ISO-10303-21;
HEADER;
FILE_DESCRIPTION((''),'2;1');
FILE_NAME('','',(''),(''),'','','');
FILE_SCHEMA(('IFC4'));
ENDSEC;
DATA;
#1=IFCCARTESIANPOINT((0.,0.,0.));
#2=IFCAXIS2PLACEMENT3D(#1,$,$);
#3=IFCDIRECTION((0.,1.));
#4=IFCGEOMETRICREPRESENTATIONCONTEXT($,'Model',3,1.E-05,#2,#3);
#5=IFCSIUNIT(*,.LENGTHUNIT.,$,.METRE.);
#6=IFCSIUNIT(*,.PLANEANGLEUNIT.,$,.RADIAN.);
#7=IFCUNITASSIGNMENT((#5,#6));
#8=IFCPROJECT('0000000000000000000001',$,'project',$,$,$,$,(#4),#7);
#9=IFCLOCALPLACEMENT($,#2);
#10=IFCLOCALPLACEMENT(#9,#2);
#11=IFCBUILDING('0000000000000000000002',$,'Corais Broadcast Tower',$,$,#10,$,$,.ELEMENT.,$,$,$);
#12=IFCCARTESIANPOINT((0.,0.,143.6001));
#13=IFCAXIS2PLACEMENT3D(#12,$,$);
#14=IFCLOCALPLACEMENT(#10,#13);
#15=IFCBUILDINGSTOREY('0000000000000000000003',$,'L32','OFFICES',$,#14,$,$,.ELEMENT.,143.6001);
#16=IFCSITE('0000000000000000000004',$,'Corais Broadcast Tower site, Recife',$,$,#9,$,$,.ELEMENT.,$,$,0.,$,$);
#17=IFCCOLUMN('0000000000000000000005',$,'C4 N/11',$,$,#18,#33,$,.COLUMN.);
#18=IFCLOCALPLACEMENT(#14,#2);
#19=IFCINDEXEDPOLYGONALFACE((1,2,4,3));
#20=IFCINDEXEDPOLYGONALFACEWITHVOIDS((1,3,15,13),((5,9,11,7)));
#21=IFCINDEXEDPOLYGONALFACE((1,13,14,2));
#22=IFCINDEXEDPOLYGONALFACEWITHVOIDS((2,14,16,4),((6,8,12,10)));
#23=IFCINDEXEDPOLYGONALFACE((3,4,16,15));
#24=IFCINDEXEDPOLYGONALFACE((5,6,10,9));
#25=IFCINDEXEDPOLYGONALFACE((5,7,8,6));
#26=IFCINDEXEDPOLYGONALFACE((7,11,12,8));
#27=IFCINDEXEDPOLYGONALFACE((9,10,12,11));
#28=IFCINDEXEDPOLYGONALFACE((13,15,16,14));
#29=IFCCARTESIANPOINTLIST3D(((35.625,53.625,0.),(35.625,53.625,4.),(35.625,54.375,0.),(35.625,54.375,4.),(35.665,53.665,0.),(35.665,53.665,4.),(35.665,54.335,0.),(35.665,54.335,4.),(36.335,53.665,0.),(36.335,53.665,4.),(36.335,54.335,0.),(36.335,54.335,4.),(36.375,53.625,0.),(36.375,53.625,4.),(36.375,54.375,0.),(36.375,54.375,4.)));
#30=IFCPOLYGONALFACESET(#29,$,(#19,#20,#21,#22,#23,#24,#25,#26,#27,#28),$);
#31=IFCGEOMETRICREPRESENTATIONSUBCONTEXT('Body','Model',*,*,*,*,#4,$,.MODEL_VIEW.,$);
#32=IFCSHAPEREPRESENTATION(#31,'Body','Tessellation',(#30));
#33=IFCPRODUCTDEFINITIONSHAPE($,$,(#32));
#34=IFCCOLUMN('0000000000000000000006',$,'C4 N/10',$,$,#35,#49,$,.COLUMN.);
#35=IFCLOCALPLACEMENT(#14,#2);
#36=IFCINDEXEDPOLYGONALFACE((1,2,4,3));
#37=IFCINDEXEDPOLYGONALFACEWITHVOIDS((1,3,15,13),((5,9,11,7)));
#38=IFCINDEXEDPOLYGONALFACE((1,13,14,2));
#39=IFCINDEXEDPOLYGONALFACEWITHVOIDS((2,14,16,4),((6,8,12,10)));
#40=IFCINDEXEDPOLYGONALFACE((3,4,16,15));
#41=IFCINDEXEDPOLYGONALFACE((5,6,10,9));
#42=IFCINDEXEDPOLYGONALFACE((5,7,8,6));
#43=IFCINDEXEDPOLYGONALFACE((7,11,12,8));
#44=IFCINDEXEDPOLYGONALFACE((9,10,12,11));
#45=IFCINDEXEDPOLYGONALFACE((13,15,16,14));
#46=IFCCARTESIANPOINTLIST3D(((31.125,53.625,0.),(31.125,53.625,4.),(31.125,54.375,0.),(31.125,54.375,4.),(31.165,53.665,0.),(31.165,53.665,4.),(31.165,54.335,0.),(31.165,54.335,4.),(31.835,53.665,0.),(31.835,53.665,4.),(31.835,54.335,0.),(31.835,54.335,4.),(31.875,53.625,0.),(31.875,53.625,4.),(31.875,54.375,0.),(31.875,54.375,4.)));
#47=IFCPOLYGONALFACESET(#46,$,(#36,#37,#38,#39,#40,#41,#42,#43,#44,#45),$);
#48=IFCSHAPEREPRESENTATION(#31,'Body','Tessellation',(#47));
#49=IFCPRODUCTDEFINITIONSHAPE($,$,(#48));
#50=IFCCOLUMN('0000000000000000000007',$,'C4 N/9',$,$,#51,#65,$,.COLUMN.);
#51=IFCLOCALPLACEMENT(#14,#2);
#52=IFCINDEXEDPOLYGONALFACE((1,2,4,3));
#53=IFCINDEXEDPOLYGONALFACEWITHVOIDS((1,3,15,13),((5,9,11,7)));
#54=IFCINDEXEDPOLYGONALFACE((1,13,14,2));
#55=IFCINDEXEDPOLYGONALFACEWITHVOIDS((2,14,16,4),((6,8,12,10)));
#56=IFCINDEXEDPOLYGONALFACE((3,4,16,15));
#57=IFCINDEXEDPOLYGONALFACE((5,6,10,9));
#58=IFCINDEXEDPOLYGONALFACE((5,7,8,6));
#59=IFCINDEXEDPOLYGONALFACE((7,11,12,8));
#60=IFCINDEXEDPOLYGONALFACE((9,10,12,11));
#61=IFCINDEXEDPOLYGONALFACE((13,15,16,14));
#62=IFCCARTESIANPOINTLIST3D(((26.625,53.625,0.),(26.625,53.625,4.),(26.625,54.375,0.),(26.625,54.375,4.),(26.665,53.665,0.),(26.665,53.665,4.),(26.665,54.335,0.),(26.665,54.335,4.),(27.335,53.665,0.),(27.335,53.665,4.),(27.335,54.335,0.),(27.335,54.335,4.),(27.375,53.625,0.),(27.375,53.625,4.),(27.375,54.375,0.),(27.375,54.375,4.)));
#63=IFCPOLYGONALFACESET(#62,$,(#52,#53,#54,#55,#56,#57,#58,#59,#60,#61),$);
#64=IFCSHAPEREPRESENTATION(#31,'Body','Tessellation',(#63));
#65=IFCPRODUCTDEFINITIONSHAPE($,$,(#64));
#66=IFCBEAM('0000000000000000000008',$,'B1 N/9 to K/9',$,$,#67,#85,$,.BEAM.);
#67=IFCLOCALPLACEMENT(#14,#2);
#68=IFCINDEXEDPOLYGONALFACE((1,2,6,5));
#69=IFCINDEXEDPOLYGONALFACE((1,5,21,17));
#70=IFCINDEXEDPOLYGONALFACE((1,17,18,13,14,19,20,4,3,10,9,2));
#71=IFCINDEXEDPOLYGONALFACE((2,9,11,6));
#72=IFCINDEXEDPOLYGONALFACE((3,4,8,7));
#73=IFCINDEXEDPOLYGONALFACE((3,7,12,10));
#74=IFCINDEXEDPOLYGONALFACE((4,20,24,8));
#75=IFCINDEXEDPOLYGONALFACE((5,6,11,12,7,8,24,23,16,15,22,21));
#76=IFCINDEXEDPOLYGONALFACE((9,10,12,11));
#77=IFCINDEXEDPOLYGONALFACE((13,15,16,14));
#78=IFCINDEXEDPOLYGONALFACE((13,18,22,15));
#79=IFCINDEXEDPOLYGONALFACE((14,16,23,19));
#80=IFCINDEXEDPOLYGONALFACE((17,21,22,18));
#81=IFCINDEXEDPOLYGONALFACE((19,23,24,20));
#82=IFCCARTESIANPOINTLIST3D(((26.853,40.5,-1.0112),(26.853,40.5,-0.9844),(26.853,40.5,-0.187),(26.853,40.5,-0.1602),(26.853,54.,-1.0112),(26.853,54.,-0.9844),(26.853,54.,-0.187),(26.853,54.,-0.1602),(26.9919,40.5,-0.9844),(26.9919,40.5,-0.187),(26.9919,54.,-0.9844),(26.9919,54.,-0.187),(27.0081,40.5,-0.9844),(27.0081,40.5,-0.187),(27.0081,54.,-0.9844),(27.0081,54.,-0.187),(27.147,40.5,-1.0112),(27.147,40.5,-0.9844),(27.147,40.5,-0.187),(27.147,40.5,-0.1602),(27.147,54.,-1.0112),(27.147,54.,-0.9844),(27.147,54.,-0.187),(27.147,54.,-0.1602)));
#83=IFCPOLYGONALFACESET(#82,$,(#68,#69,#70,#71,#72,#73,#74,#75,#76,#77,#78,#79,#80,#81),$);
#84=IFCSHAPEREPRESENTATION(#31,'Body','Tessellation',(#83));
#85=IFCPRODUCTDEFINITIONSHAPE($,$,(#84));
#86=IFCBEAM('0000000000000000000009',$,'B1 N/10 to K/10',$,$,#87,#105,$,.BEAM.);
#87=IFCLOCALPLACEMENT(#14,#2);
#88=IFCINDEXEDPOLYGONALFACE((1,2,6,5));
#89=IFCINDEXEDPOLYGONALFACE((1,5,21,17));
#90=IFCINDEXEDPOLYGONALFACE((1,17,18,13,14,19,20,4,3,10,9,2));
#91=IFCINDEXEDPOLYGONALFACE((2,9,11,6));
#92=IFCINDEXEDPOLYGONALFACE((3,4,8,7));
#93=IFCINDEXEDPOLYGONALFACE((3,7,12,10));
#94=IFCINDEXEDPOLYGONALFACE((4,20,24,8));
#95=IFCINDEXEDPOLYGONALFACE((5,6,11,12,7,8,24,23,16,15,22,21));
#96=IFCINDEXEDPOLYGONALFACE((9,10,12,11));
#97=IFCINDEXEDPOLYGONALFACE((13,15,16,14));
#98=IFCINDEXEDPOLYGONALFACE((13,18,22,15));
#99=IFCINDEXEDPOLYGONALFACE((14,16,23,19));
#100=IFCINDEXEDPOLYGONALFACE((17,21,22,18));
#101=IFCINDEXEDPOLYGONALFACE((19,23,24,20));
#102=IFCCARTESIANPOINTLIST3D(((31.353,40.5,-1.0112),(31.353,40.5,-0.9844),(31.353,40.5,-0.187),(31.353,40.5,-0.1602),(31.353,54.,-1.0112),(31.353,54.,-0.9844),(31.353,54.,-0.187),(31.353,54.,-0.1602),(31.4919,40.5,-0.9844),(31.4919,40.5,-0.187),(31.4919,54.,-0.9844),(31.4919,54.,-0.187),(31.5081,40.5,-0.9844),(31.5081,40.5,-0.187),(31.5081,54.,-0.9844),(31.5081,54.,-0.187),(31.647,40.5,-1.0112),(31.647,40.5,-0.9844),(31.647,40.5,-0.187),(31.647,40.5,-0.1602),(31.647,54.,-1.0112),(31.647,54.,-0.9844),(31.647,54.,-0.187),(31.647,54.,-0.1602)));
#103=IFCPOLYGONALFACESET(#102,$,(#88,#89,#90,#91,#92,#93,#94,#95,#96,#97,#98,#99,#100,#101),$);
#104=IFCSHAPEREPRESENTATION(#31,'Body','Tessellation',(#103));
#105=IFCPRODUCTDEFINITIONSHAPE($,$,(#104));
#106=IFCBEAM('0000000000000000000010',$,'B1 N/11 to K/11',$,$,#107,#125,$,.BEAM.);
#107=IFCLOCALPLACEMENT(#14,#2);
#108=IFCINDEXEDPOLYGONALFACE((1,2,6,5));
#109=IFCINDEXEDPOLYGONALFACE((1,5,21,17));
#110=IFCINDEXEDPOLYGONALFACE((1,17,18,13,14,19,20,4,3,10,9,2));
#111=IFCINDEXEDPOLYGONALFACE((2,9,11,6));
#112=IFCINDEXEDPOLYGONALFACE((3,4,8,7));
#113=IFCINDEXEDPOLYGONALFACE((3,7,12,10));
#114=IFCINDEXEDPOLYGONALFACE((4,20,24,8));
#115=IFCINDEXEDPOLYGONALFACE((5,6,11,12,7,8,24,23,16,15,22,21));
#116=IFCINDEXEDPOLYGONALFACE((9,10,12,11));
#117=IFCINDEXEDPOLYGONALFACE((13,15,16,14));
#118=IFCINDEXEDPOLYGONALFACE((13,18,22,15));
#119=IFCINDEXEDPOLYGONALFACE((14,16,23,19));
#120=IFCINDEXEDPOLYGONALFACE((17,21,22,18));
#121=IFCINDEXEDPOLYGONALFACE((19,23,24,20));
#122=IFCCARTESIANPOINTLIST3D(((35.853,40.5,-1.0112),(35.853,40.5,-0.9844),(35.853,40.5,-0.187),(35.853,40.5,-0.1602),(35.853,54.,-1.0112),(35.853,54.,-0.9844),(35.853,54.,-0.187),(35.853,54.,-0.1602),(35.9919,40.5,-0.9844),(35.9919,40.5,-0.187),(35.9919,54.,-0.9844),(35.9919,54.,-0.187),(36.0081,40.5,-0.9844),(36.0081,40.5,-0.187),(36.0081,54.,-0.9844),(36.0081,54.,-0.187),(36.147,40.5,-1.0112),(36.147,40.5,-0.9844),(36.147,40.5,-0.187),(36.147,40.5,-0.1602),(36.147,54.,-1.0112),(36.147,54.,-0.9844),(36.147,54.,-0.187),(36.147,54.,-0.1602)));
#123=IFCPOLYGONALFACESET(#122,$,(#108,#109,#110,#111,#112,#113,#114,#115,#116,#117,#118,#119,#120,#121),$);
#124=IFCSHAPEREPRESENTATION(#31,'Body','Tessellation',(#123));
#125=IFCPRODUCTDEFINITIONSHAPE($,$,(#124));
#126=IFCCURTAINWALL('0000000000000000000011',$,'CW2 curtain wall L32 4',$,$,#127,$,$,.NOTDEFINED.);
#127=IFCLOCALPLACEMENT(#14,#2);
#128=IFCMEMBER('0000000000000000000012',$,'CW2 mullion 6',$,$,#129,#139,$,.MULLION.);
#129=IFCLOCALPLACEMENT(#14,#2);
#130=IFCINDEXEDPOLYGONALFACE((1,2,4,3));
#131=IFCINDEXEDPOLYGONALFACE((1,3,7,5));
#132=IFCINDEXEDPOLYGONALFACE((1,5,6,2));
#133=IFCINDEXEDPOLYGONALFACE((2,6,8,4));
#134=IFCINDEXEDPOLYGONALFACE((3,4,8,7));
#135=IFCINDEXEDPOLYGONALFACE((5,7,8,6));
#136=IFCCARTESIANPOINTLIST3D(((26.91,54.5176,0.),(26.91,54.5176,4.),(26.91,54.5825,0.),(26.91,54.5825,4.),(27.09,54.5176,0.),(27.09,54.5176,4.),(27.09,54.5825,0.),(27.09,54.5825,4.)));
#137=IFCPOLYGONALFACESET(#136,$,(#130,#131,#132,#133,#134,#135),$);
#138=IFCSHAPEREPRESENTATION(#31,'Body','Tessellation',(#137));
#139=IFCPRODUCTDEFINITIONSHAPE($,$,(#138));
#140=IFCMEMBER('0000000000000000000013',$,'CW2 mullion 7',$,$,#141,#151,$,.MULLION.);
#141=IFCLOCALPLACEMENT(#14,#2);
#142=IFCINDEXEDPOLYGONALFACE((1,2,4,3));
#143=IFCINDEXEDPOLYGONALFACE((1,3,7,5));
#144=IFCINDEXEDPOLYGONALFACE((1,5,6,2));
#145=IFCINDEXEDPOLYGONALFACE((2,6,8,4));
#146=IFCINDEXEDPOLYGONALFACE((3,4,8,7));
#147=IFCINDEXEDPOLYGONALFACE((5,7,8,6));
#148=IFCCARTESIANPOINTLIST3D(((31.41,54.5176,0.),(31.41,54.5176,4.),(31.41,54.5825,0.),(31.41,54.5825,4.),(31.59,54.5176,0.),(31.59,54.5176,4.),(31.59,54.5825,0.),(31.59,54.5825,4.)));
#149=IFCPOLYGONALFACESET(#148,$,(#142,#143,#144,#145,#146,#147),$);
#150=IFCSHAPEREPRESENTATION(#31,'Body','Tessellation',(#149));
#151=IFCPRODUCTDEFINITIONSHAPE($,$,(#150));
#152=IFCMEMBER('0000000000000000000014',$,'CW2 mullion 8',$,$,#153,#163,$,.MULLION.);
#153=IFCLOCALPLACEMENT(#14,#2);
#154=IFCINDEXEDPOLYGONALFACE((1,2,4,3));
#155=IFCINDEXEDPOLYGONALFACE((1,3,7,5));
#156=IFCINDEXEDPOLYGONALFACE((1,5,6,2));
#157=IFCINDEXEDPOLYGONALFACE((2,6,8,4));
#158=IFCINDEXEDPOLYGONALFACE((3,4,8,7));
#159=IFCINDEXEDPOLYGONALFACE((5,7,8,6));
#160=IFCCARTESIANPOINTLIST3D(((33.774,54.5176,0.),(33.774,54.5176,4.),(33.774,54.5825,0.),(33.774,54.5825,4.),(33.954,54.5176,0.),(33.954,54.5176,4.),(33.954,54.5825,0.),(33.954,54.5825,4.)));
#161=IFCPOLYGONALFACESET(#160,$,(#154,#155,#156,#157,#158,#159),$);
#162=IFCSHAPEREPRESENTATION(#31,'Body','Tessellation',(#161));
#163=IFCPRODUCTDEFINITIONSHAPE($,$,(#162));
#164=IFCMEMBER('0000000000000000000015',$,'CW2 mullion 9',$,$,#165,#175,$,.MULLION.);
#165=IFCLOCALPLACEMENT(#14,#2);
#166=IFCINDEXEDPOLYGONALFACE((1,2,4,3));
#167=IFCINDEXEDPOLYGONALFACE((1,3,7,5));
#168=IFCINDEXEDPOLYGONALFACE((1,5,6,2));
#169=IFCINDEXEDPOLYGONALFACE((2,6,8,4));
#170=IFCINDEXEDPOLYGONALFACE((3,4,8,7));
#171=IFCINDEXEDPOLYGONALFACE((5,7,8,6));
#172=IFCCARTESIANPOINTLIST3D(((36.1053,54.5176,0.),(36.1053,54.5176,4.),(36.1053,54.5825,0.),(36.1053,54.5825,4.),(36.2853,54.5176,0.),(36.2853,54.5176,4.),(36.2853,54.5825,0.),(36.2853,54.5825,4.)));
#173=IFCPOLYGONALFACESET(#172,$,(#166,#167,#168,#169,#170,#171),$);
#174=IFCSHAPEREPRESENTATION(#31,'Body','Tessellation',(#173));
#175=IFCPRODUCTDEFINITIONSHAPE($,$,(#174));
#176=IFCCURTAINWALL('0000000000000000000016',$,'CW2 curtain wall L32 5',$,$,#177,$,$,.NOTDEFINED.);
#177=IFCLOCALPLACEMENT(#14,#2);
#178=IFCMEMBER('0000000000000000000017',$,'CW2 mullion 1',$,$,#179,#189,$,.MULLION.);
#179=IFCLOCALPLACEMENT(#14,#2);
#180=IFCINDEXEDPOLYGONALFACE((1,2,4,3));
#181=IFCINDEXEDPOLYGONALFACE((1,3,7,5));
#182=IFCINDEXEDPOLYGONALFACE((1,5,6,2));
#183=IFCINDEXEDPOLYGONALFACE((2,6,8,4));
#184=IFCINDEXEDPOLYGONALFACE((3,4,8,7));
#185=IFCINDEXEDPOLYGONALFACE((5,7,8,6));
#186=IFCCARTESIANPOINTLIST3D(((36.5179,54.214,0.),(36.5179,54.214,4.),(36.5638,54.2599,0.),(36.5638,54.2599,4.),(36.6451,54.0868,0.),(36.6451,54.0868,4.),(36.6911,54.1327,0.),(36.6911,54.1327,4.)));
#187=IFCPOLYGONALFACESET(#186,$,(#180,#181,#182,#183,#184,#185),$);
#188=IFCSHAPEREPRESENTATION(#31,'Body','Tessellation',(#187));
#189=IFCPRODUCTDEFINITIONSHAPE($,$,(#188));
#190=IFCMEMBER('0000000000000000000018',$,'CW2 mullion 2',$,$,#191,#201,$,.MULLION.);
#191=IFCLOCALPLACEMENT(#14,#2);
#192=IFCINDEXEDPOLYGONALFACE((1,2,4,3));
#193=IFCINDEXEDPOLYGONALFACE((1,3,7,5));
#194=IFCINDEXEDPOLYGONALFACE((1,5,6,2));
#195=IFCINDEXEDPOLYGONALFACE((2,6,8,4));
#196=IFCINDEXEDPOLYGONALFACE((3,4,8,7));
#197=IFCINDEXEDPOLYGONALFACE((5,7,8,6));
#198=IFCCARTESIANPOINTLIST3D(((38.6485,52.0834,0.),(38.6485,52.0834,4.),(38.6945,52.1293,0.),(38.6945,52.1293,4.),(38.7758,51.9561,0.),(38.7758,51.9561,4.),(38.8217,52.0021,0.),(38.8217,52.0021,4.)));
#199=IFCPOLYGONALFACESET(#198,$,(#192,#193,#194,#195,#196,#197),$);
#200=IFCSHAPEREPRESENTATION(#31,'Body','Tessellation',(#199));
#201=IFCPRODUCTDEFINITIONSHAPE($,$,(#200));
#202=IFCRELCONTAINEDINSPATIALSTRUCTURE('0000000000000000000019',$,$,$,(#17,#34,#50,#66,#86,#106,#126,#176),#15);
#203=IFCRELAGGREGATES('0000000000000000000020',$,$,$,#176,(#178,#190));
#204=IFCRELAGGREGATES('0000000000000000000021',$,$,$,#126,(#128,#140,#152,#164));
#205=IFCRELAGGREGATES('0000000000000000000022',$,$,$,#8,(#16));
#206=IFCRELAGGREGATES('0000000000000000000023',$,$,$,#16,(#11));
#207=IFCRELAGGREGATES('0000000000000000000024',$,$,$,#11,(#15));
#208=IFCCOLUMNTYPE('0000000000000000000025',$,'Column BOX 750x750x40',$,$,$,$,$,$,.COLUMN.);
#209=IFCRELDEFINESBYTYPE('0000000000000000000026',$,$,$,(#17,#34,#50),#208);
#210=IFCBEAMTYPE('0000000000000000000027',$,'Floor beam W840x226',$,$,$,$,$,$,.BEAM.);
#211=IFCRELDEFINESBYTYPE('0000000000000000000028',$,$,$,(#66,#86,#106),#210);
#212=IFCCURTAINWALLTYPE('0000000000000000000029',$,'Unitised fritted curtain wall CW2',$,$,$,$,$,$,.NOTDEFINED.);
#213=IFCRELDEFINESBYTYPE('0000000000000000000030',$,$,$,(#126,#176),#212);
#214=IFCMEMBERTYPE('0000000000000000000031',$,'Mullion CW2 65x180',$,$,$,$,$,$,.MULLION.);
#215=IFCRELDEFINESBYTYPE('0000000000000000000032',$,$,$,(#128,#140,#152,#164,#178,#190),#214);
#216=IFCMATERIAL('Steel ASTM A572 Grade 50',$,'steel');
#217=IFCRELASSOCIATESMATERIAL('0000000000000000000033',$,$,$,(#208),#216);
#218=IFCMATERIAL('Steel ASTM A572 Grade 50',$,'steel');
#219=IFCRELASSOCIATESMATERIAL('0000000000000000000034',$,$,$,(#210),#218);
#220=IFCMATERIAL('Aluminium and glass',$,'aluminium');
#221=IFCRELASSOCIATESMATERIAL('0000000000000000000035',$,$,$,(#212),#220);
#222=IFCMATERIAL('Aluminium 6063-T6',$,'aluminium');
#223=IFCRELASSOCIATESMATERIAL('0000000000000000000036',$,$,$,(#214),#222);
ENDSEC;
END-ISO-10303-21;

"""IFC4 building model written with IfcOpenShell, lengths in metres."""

from ifc_helpers import new_model, si_unit, direction, frame, origin, origin_2d, place, context, subcontext, project, spatial, rectangle, hollow_rectangle, i_section, extrude, material, material_profile, profile_set, type_object, element, aggregate, save


model = new_model("IFC4")

# Units and contexts
model_context = context("Model", 3, precision=1e-05, world=origin(), true_north=direction((0.0, 1.0)))
body_context = subcontext(model_context, "Body", "Model", "MODEL_VIEW")
ifc_project = project(units=[si_unit("LENGTHUNIT", "METRE"), si_unit("PLANEANGLEUNIT", "RADIAN")], contexts=[model_context])

# Site, building, storey
site_placement = place(None, origin())
site = spatial("IfcSite", under=ifc_project, at=site_placement, Name="Corais Broadcast Tower site, Recife", CompositionType="ELEMENT", RefElevation=0.0)
building_placement = place(site_placement, origin())
building = spatial("IfcBuilding", under=site, at=building_placement, Name="Corais Broadcast Tower", CompositionType="ELEMENT")
storey_placement = place(building_placement, frame((0.0, 0.0, 143.6001)))
storey = spatial("IfcBuildingStorey", under=building, at=storey_placement, Name="L32", Description="OFFICES", CompositionType="ELEMENT", Elevation=143.6001)

# Columns
ifc_material_1 = material(Name="Steel ASTM A572 Grade 50", Category="steel")
ifc_material_profile_1 = material_profile(ifc_material_1, hollow_rectangle(XDim=0.75, YDim=0.75, WallThickness=0.04, at=origin_2d()), Name="BOX 750x750x40")
ifc_profile_set_1 = profile_set([ifc_material_profile_1], Name="Steel ASTM A572 Grade 50")
column_type = type_object("IfcColumnType", Name="Column BOX 750x750x40", PredefinedType="COLUMN", material=ifc_profile_set_1)
for number, where, z_axis, x_axis, name in (
    (1, (36.0, 54.0, 0.0), (0.0, 0.0, 1.0), (1.0, 0.0, 0.0), "C4 N/11"),
    (2, (31.5, 54.0, 0.0), (0.0, 0.0, 1.0), (1.0, 0.0, 0.0), "C4 N/10"),
    (3, (27.0, 54.0, 0.0), (0.0, 0.0, 1.0), (1.0, 0.0, 0.0), "C4 N/9"),
):
    element("IfcColumn", number, at=place(storey_placement, frame(where, z_axis=z_axis, x_axis=x_axis)), inside=storey, type_object=column_type, Name=name, PredefinedType="COLUMN", context=body_context, shape_type="SweptSolid", body=[
        extrude(hollow_rectangle(XDim=0.75, YDim=0.75, WallThickness=0.04, at=origin_2d()), origin(), (0.0, 0.0, 1.0), 4.0),
    ])

# Beams
ifc_material_2 = material(Name="Steel ASTM A572 Grade 50", Category="steel")
ifc_material_profile_2 = material_profile(ifc_material_2, i_section(OverallWidth=0.2939, OverallDepth=0.8511, WebThickness=0.0161, FlangeThickness=0.0269, at=origin_2d()), Name="W840x226")
ifc_profile_set_2 = profile_set([ifc_material_profile_2], Name="Steel ASTM A572 Grade 50")
beam_type_1 = type_object("IfcBeamType", Name="Floor beam W840x226", PredefinedType="BEAM", material=ifc_profile_set_2)
for number, where, z_axis, x_axis, name in (
    (4, (27.0, 54.0, -0.5857), (0.0, -1.0, 0.0), (1.0, 0.0, 0.0), "B1 N/9 to K/9"),
    (5, (31.5, 54.0, -0.5857), (0.0, -1.0, 0.0), (1.0, 0.0, 0.0), "B1 N/10 to K/10"),
    (6, (36.0, 54.0, -0.5857), (0.0, -1.0, 0.0), (1.0, 0.0, 0.0), "B1 N/11 to K/11"),
):
    element("IfcBeam", number, at=place(storey_placement, frame(where, z_axis=z_axis, x_axis=x_axis)), inside=storey, type_object=beam_type_1, Name=name, PredefinedType="BEAM", context=body_context, shape_type="SweptSolid", body=[
        extrude(i_section(OverallWidth=0.2939, OverallDepth=0.8511, WebThickness=0.0161, FlangeThickness=0.0269, at=origin_2d()), origin(), (0.0, 0.0, 1.0), 13.5),
    ])

# Curtain walls, members
ifc_material_3 = material(Name="Aluminium and glass", Category="aluminium")
curtain_wall_type = type_object("IfcCurtainWallType", Name="Unitised fritted curtain wall CW2", PredefinedType="NOTDEFINED", material=ifc_material_3)
curtain_wall_1_placement = place(storey_placement, origin())
curtain_wall_1 = element("IfcCurtainWall", 7, at=curtain_wall_1_placement, inside=storey, type_object=curtain_wall_type, Name="CW2 curtain wall L32 4", PredefinedType="NOTDEFINED")
ifc_material_4 = material(Name="Aluminium 6063-T6", Category="aluminium")
ifc_material_profile_3 = material_profile(ifc_material_4, rectangle(XDim=0.0649, YDim=0.1799, at=origin_2d()), Name="Mullion CW2 65x180")
ifc_profile_set_3 = profile_set([ifc_material_profile_3], Name="Aluminium 6063-T6")
member_type_1 = type_object("IfcMemberType", Name="Mullion CW2 65x180", PredefinedType="MULLION", material=ifc_profile_set_3)
member_1_placement = place(storey_placement, frame((27.0, 54.55, 0.0), z_axis=(0.0, 0.0, 1.0), x_axis=(0.0, 1.0, 0.0)))
member_1 = element("IfcMember", 8, at=member_1_placement, type_object=member_type_1, Name="CW2 mullion 6", PredefinedType="MULLION", context=body_context, shape_type="SweptSolid", body=[
    extrude(rectangle(XDim=0.0649, YDim=0.1799, at=origin_2d()), origin(), (0.0, 0.0, 1.0), 4.0),
])
member_2_placement = place(storey_placement, frame((31.5, 54.55, 0.0), z_axis=(0.0, 0.0, 1.0), x_axis=(0.0, 1.0, 0.0)))
member_2 = element("IfcMember", 9, at=member_2_placement, type_object=member_type_1, Name="CW2 mullion 7", PredefinedType="MULLION", context=body_context, shape_type="SweptSolid", body=[
    extrude(rectangle(XDim=0.0649, YDim=0.1799, at=origin_2d()), origin(), (0.0, 0.0, 1.0), 4.0),
])
member_3_placement = place(storey_placement, frame((33.864, 54.55, 0.0), z_axis=(0.0, 0.0, 1.0), x_axis=(0.0, 1.0, 0.0)))
member_3 = element("IfcMember", 10, at=member_3_placement, type_object=member_type_1, Name="CW2 mullion 8", PredefinedType="MULLION", context=body_context, shape_type="SweptSolid", body=[
    extrude(rectangle(XDim=0.0649, YDim=0.1799, at=origin_2d()), origin(), (0.0, 0.0, 1.0), 4.0),
])
member_4_placement = place(storey_placement, frame((36.1953, 54.55, 0.0), z_axis=(0.0, 0.0, 1.0), x_axis=(0.0, 1.0, 0.0)))
member_4 = element("IfcMember", 11, at=member_4_placement, type_object=member_type_1, Name="CW2 mullion 9", PredefinedType="MULLION", context=body_context, shape_type="SweptSolid", body=[
    extrude(rectangle(XDim=0.0649, YDim=0.1799, at=origin_2d()), origin(), (0.0, 0.0, 1.0), 4.0),
])
curtain_wall_2_placement = place(storey_placement, origin())
curtain_wall_2 = element("IfcCurtainWall", 12, at=curtain_wall_2_placement, inside=storey, type_object=curtain_wall_type, Name="CW2 curtain wall L32 5", PredefinedType="NOTDEFINED")
member_5_placement = place(storey_placement, frame((36.6045, 54.1733, 0.0), z_axis=(0.0, 0.0, 1.0), x_axis=(0.707107, 0.707107, 0.0)))
member_5 = element("IfcMember", 13, at=member_5_placement, type_object=member_type_1, Name="CW2 mullion 1", PredefinedType="MULLION", context=body_context, shape_type="SweptSolid", body=[
    extrude(rectangle(XDim=0.0649, YDim=0.1799, at=origin_2d()), origin(), (0.0, 0.0, 1.0), 4.0),
])
member_6_placement = place(storey_placement, frame((38.7351, 52.0427, 0.0), z_axis=(0.0, 0.0, 1.0), x_axis=(0.707107, 0.707107, 0.0)))
member_6 = element("IfcMember", 14, at=member_6_placement, type_object=member_type_1, Name="CW2 mullion 2", PredefinedType="MULLION", context=body_context, shape_type="SweptSolid", body=[
    extrude(rectangle(XDim=0.0649, YDim=0.1799, at=origin_2d()), origin(), (0.0, 0.0, 1.0), 4.0),
])

aggregate(curtain_wall_2, [member_5, member_6])
aggregate(curtain_wall_1, [member_1, member_2, member_3, member_4])

save(model, "model.ifc")
